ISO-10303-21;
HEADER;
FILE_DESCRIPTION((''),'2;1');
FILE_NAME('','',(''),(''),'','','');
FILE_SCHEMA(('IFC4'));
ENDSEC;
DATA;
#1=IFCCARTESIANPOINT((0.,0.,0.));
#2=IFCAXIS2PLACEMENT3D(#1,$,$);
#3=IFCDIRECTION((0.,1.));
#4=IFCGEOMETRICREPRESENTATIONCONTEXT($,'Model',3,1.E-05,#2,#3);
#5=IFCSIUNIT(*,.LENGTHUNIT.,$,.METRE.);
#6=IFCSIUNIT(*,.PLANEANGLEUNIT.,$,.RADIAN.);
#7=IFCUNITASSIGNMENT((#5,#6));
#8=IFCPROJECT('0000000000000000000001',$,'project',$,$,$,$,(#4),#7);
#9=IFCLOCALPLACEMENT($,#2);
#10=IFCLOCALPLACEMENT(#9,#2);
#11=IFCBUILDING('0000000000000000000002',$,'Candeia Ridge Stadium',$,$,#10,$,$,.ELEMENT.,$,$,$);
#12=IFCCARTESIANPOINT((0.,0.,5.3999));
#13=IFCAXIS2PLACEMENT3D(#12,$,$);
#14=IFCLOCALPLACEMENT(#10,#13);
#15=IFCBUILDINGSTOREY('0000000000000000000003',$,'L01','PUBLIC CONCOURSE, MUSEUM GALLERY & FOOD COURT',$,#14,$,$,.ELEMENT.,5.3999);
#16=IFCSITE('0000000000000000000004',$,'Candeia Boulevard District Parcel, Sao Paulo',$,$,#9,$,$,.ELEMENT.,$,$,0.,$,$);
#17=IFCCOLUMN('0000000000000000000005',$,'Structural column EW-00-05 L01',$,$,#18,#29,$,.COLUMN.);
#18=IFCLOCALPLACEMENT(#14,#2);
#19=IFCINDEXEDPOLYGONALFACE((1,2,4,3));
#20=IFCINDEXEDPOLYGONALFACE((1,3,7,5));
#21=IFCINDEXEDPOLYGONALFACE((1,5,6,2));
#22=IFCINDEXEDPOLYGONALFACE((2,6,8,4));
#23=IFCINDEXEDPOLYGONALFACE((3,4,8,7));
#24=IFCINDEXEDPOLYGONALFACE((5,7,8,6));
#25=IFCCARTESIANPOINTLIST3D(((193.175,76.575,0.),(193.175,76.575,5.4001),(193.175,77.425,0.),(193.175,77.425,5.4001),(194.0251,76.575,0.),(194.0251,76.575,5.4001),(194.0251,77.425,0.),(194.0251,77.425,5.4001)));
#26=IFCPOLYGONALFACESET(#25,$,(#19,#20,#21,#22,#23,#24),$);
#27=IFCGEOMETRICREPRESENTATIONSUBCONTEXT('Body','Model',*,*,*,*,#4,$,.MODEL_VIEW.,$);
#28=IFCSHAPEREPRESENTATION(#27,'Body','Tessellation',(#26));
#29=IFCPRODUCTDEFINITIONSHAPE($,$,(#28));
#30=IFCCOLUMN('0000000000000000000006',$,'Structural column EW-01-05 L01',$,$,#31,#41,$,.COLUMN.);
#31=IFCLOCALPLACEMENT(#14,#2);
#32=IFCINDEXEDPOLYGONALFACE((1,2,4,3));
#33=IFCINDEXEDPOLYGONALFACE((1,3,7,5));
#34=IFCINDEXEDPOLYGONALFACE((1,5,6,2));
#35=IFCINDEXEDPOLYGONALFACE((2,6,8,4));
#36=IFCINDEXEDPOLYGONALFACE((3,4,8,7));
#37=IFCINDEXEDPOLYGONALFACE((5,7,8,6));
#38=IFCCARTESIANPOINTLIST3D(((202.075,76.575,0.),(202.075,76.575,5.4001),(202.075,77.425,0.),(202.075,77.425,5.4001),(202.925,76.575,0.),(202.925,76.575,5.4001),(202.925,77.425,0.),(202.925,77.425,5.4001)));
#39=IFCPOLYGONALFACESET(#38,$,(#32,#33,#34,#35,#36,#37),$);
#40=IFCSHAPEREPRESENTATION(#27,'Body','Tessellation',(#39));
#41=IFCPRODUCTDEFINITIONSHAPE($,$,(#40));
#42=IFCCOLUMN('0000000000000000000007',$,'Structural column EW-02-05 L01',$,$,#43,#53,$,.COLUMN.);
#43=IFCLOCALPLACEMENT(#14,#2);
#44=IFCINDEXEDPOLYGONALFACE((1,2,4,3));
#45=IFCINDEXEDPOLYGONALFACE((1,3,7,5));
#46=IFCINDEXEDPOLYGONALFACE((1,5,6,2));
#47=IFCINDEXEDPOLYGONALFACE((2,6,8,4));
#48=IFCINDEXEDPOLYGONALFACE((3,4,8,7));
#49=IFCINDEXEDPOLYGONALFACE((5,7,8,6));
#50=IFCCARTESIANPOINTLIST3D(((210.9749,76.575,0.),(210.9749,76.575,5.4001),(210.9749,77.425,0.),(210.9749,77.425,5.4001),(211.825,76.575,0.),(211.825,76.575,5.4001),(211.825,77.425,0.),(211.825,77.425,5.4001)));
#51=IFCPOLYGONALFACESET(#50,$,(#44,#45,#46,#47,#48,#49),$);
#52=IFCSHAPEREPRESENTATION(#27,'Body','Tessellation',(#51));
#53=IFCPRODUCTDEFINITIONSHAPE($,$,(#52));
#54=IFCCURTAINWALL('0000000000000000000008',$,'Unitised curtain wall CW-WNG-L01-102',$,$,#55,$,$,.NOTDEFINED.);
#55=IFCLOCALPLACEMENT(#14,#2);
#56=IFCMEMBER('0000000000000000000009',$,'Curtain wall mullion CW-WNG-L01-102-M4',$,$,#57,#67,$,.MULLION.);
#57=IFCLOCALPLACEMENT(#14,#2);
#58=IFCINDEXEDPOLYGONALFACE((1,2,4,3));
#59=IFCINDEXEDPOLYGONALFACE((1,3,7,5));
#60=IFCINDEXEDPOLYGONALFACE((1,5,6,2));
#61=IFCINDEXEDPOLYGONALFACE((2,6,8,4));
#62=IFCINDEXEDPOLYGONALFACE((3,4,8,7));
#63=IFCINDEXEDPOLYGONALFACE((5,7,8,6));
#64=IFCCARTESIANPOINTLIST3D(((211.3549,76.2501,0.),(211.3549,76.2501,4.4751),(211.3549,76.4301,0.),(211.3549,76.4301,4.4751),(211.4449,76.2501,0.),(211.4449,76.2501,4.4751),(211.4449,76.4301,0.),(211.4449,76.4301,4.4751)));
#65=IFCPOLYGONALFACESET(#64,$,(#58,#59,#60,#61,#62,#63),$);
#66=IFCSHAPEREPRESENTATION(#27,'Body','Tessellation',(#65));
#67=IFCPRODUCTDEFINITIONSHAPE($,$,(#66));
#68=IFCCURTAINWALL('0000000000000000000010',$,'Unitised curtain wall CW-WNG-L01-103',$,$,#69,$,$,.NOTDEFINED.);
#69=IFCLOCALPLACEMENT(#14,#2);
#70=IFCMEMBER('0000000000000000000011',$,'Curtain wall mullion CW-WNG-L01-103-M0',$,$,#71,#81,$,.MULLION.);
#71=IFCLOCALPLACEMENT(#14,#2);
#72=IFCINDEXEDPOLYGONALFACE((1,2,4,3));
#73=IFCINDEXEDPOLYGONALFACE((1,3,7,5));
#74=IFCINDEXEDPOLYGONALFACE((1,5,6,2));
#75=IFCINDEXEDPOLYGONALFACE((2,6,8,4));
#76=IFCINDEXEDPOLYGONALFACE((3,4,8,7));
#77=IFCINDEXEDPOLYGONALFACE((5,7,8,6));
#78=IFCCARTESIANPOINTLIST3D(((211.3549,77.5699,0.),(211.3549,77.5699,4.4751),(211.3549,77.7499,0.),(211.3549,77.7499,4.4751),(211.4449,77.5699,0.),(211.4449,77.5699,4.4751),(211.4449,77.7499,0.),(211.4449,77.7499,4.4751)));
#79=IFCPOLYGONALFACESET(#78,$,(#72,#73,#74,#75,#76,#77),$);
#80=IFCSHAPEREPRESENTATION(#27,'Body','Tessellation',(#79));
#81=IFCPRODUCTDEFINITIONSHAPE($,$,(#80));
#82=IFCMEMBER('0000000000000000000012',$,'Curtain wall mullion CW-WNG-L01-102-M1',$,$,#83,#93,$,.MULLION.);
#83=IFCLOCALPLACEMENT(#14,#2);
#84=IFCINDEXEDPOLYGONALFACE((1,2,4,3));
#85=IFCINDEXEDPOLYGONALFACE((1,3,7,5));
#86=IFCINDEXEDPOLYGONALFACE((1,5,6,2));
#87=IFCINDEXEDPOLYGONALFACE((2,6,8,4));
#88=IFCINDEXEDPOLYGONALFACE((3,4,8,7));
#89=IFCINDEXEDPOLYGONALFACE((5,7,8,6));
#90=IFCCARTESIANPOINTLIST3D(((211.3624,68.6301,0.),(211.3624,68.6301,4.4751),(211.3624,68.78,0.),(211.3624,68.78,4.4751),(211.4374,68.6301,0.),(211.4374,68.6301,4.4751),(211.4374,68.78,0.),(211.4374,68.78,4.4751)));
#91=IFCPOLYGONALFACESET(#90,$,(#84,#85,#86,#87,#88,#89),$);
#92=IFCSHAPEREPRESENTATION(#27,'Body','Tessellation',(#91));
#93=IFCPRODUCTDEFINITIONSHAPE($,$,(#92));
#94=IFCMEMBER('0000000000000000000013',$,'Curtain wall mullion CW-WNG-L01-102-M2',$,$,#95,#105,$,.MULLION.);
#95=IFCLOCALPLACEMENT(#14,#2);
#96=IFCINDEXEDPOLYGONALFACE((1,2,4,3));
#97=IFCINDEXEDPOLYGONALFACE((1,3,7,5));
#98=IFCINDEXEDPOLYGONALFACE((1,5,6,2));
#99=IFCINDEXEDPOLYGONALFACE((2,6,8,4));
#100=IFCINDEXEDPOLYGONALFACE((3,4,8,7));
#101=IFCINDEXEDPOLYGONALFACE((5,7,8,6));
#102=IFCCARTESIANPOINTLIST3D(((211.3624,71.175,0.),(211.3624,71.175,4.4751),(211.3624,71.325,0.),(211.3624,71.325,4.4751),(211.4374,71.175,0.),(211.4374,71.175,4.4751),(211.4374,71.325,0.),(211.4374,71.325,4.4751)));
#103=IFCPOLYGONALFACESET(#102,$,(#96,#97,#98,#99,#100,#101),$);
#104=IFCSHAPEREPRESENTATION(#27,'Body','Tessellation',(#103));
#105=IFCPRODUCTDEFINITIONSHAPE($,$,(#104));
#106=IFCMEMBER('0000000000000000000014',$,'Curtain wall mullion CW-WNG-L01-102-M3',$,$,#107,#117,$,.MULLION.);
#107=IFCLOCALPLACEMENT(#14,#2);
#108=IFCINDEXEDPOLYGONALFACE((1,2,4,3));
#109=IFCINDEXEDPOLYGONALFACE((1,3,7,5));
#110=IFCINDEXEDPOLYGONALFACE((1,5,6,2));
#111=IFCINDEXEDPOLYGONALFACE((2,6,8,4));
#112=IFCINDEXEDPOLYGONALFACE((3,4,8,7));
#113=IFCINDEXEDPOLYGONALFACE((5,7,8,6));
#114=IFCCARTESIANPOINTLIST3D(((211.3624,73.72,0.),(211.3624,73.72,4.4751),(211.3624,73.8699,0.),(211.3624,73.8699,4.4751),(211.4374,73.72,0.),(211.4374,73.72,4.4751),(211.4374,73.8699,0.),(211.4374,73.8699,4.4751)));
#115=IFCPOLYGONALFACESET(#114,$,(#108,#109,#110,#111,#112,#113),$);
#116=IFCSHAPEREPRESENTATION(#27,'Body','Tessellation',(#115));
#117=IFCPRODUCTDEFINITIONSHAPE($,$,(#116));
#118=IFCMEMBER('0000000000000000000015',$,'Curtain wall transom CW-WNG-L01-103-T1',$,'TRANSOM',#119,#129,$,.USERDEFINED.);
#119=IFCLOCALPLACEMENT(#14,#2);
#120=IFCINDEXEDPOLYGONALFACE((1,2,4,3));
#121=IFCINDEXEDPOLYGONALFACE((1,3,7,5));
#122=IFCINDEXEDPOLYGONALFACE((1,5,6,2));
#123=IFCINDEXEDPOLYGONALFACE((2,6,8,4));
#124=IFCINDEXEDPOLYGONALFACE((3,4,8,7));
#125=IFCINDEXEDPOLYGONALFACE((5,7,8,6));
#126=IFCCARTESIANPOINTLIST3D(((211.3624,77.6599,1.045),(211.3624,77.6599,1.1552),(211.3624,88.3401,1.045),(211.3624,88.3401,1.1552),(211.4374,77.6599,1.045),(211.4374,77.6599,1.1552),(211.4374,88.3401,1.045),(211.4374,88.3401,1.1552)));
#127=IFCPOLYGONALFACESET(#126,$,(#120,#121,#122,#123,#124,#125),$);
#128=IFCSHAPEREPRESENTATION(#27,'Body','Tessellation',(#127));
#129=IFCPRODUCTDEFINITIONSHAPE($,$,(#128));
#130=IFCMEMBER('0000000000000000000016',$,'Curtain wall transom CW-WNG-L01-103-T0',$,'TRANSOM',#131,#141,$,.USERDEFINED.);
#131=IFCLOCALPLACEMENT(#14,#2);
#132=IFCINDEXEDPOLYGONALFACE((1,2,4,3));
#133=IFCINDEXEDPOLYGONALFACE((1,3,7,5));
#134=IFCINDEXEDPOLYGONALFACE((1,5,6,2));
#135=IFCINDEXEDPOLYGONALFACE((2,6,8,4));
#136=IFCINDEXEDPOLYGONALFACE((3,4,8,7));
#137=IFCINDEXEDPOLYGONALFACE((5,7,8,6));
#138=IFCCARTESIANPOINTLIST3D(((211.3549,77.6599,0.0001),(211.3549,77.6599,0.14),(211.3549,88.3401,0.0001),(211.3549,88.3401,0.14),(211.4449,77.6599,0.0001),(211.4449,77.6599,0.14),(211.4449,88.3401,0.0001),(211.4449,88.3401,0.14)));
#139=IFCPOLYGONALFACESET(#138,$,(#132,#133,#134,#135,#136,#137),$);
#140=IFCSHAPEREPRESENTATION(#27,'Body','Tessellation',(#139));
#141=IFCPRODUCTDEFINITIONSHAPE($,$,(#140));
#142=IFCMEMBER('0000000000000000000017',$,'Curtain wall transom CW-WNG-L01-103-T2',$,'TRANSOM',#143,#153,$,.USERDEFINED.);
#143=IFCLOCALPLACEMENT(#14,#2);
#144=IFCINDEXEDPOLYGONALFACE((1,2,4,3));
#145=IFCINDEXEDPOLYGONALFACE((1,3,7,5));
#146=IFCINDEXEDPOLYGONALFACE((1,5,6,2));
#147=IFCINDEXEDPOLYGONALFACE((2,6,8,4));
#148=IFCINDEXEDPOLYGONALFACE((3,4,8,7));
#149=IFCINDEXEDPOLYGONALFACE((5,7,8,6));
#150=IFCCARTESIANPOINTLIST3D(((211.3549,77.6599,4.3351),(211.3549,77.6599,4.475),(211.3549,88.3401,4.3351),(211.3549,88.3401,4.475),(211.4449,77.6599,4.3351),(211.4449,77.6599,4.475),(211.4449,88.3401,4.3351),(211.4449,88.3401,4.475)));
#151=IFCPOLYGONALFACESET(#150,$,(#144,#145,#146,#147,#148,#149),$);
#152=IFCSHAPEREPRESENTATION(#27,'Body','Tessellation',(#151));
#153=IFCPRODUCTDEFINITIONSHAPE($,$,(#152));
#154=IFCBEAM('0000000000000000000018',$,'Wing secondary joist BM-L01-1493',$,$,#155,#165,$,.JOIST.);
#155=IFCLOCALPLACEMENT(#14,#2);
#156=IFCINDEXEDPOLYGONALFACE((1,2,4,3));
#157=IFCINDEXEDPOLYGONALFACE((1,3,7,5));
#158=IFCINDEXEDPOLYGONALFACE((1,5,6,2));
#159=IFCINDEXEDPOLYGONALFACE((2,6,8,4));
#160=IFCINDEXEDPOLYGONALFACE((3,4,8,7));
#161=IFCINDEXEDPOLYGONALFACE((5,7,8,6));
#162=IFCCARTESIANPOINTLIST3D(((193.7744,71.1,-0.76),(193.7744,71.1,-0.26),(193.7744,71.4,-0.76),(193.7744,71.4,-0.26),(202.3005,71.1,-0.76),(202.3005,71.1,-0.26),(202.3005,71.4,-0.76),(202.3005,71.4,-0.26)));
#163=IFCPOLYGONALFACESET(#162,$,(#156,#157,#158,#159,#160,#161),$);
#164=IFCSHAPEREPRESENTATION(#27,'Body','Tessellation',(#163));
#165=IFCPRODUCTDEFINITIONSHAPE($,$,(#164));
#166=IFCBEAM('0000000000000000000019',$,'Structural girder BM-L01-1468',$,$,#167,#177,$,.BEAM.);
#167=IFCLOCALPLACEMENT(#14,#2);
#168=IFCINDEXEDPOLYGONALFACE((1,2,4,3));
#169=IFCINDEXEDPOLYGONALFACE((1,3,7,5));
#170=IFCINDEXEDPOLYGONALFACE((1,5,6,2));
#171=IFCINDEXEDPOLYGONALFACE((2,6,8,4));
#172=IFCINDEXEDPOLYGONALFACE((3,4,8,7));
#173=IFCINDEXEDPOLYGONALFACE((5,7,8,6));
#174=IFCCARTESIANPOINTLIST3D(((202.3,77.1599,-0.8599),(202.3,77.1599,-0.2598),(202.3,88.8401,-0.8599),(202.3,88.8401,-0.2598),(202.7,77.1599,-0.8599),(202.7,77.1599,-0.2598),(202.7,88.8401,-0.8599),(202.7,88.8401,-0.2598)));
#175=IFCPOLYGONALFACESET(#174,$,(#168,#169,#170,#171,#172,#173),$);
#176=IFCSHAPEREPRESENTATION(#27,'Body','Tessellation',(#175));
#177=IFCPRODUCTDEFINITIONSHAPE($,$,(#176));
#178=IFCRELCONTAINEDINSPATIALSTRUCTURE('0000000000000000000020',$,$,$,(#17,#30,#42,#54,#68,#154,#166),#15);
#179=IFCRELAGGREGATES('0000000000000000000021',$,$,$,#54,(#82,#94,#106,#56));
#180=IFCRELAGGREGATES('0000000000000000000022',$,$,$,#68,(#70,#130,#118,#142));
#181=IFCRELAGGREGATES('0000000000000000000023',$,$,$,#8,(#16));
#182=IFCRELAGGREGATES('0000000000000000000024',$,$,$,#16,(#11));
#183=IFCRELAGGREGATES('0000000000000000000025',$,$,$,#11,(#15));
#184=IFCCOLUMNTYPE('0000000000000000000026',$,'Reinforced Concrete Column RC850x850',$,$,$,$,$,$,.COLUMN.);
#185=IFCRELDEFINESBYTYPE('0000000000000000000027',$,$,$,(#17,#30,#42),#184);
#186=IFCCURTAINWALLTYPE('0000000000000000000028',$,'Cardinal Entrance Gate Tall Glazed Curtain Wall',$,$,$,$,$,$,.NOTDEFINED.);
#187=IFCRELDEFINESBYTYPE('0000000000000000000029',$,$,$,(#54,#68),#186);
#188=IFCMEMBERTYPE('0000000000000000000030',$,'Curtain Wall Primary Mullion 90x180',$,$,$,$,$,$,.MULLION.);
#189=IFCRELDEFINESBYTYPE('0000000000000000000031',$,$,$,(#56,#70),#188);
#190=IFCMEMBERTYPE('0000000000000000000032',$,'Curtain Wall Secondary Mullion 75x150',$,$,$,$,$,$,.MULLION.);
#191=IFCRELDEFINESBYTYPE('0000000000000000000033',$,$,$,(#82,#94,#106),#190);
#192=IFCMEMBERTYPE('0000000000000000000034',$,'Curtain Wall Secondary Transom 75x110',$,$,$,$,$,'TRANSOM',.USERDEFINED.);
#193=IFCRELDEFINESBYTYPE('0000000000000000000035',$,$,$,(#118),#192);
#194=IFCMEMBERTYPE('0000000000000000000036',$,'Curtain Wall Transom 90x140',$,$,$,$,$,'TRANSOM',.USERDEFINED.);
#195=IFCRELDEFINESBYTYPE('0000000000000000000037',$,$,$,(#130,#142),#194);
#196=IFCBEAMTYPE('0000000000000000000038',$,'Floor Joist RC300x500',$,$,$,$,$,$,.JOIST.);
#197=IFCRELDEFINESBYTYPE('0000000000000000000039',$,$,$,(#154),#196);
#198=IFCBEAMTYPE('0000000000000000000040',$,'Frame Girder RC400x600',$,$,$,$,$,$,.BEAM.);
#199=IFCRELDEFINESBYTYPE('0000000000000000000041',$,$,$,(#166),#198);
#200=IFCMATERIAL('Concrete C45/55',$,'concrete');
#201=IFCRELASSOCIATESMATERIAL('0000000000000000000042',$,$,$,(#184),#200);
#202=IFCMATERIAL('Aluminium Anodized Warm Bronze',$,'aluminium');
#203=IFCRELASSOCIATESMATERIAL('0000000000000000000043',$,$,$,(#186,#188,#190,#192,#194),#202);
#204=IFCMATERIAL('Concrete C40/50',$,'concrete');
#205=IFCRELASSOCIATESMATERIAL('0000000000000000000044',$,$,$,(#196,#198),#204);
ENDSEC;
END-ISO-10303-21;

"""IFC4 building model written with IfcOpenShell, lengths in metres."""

from ifc_helpers import new_model, si_unit, direction, frame, origin, origin_2d, place, context, subcontext, project, spatial, rectangle, extrude, material, material_profile, profile_set, type_object, element, aggregate, save


model = new_model("IFC4")

# Units and contexts
model_context = context("Model", 3, precision=1e-05, world=origin(), true_north=direction((0.0, 1.0)))
body_context = subcontext(model_context, "Body", "Model", "MODEL_VIEW")
ifc_project = project(units=[si_unit("LENGTHUNIT", "METRE"), si_unit("PLANEANGLEUNIT", "RADIAN")], contexts=[model_context])

# Site, building, storey
site_placement = place(None, origin())
site = spatial("IfcSite", under=ifc_project, at=site_placement, Name="Candeia Boulevard District Parcel, Sao Paulo", CompositionType="ELEMENT", RefElevation=0.0)
building_placement = place(site_placement, origin())
building = spatial("IfcBuilding", under=site, at=building_placement, Name="Candeia Ridge Stadium", CompositionType="ELEMENT")
storey_placement = place(building_placement, frame((0.0, 0.0, 5.3999)))
storey = spatial("IfcBuildingStorey", under=building, at=storey_placement, Name="L01", Description="PUBLIC CONCOURSE, MUSEUM GALLERY & FOOD COURT", CompositionType="ELEMENT", Elevation=5.3999)

# Columns
ifc_material_1 = material(Name="Concrete C45/55", Category="concrete")
ifc_material_profile_1 = material_profile(ifc_material_1, rectangle(XDim=0.8501, YDim=0.8501, at=origin_2d()), Name="RC850x850", Category="concrete")
ifc_profile_set_1 = profile_set([ifc_material_profile_1], Name="Concrete C45/55")
column_type = type_object("IfcColumnType", Name="Reinforced Concrete Column RC850x850", PredefinedType="COLUMN", material=ifc_profile_set_1)
for number, where, z_axis, x_axis, name in (
    (1, (193.6001, 77.0, 0.0), (0.0, 0.0, 1.0), (1.0, 0.0, 0.0), "Structural column EW-00-05 L01"),
    (2, (202.5, 77.0, 0.0), (0.0, 0.0, 1.0), (1.0, 0.0, 0.0), "Structural column EW-01-05 L01"),
    (3, (211.3999, 77.0, 0.0), (0.0, 0.0, 1.0), (1.0, 0.0, 0.0), "Structural column EW-02-05 L01"),
):
    element("IfcColumn", number, at=place(storey_placement, frame(where, z_axis=z_axis, x_axis=x_axis)), inside=storey, type_object=column_type, Name=name, PredefinedType="COLUMN", context=body_context, shape_type="SweptSolid", body=[
        extrude(rectangle(XDim=0.8501, YDim=0.8501, at=origin_2d()), origin(), (0.0, 0.0, 1.0), 5.4001),
    ])

# Curtain walls, members
ifc_material_2 = material(Name="Aluminium Anodized Warm Bronze", Category="aluminium")
curtain_wall_type = type_object("IfcCurtainWallType", Name="Cardinal Entrance Gate Tall Glazed Curtain Wall", PredefinedType="NOTDEFINED", material=ifc_material_2)
curtain_wall_1_placement = place(storey_placement, origin())
curtain_wall_1 = element("IfcCurtainWall", 4, at=curtain_wall_1_placement, inside=storey, type_object=curtain_wall_type, Name="Unitised curtain wall CW-WNG-L01-102", PredefinedType="NOTDEFINED")
ifc_material_profile_2 = material_profile(ifc_material_2, rectangle(XDim=0.0901, YDim=0.1799, at=origin_2d()), Name="CWM-90x180", Category="aluminium")
ifc_profile_set_2 = profile_set([ifc_material_profile_2], Name="Aluminium Anodized Warm Bronze")
member_type_1 = type_object("IfcMemberType", Name="Curtain Wall Primary Mullion 90x180", PredefinedType="MULLION", material=ifc_profile_set_2)
member_1_placement = place(storey_placement, frame((211.3999, 76.3401, 0.0), z_axis=(0.0, 0.0, 1.0), x_axis=(1.0, 0.0, 0.0)))
member_1 = element("IfcMember", 5, at=member_1_placement, type_object=member_type_1, Name="Curtain wall mullion CW-WNG-L01-102-M4", PredefinedType="MULLION", context=body_context, shape_type="SweptSolid", body=[
    extrude(rectangle(XDim=0.0901, YDim=0.1799, at=origin_2d()), origin(), (0.0, 0.0, 1.0), 4.4751),
])
curtain_wall_2_placement = place(storey_placement, origin())
curtain_wall_2 = element("IfcCurtainWall", 6, at=curtain_wall_2_placement, inside=storey, type_object=curtain_wall_type, Name="Unitised curtain wall CW-WNG-L01-103", PredefinedType="NOTDEFINED")
member_2_placement = place(storey_placement, frame((211.3999, 77.6599, 0.0), z_axis=(0.0, 0.0, 1.0), x_axis=(1.0, 0.0, 0.0)))
member_2 = element("IfcMember", 7, at=member_2_placement, type_object=member_type_1, Name="Curtain wall mullion CW-WNG-L01-103-M0", PredefinedType="MULLION", context=body_context, shape_type="SweptSolid", body=[
    extrude(rectangle(XDim=0.0901, YDim=0.1799, at=origin_2d()), origin(), (0.0, 0.0, 1.0), 4.4751),
])

# Members
ifc_material_profile_3 = material_profile(ifc_material_2, rectangle(XDim=0.075, YDim=0.1499, at=origin_2d()), Name="CWM-75x150", Category="aluminium")
ifc_profile_set_3 = profile_set([ifc_material_profile_3], Name="Aluminium Anodized Warm Bronze")
member_type_2 = type_object("IfcMemberType", Name="Curtain Wall Secondary Mullion 75x150", PredefinedType="MULLION", material=ifc_profile_set_3)
member_3_placement = place(storey_placement, frame((211.3999, 68.7051, 0.0), z_axis=(0.0, 0.0, 1.0), x_axis=(1.0, 0.0, 0.0)))
member_3 = element("IfcMember", 8, at=member_3_placement, type_object=member_type_2, Name="Curtain wall mullion CW-WNG-L01-102-M1", PredefinedType="MULLION", context=body_context, shape_type="SweptSolid", body=[
    extrude(rectangle(XDim=0.075, YDim=0.1499, at=origin_2d()), origin(), (0.0, 0.0, 1.0), 4.4751),
])
member_4_placement = place(storey_placement, frame((211.3999, 71.25, 0.0), z_axis=(0.0, 0.0, 1.0), x_axis=(1.0, 0.0, 0.0)))
member_4 = element("IfcMember", 9, at=member_4_placement, type_object=member_type_2, Name="Curtain wall mullion CW-WNG-L01-102-M2", PredefinedType="MULLION", context=body_context, shape_type="SweptSolid", body=[
    extrude(rectangle(XDim=0.075, YDim=0.1499, at=origin_2d()), origin(), (0.0, 0.0, 1.0), 4.4751),
])
member_5_placement = place(storey_placement, frame((211.3999, 73.7949, 0.0), z_axis=(0.0, 0.0, 1.0), x_axis=(1.0, 0.0, 0.0)))
member_5 = element("IfcMember", 10, at=member_5_placement, type_object=member_type_2, Name="Curtain wall mullion CW-WNG-L01-102-M3", PredefinedType="MULLION", context=body_context, shape_type="SweptSolid", body=[
    extrude(rectangle(XDim=0.075, YDim=0.1499, at=origin_2d()), origin(), (0.0, 0.0, 1.0), 4.4751),
])
ifc_material_profile_4 = material_profile(ifc_material_2, rectangle(XDim=0.075, YDim=0.1101, at=origin_2d()), Name="CWT-75x110", Category="aluminium")
ifc_profile_set_4 = profile_set([ifc_material_profile_4], Name="Aluminium Anodized Warm Bronze")
member_type_3 = type_object("IfcMemberType", Name="Curtain Wall Secondary Transom 75x110", ElementType="TRANSOM", PredefinedType="USERDEFINED", material=ifc_profile_set_4)
member_6_placement = place(storey_placement, frame((211.3999, 77.6599, 1.1001), z_axis=(0.0, 1.0, 0.0), x_axis=(-1.0, 0.0, 0.0)))
member_6 = element("IfcMember", 11, at=member_6_placement, type_object=member_type_3, Name="Curtain wall transom CW-WNG-L01-103-T1", ObjectType="TRANSOM", PredefinedType="USERDEFINED", context=body_context, shape_type="SweptSolid", body=[
    extrude(rectangle(XDim=0.075, YDim=0.1101, at=origin_2d()), origin(), (0.0, 0.0, 1.0), 10.6802),
])
ifc_material_profile_5 = material_profile(ifc_material_2, rectangle(XDim=0.0901, YDim=0.1399, at=origin_2d()), Name="CWT-90x140", Category="aluminium")
ifc_profile_set_5 = profile_set([ifc_material_profile_5], Name="Aluminium Anodized Warm Bronze")
member_type_4 = type_object("IfcMemberType", Name="Curtain Wall Transom 90x140", ElementType="TRANSOM", PredefinedType="USERDEFINED", material=ifc_profile_set_5)
member_7_placement = place(storey_placement, frame((211.3999, 77.6599, 0.0701), z_axis=(0.0, 1.0, 0.0), x_axis=(-1.0, 0.0, 0.0)))
member_7 = element("IfcMember", 12, at=member_7_placement, type_object=member_type_4, Name="Curtain wall transom CW-WNG-L01-103-T0", ObjectType="TRANSOM", PredefinedType="USERDEFINED", context=body_context, shape_type="SweptSolid", body=[
    extrude(rectangle(XDim=0.0901, YDim=0.1399, at=origin_2d()), origin(), (0.0, 0.0, 1.0), 10.6802),
])
member_8_placement = place(storey_placement, frame((211.3999, 77.6599, 4.405), z_axis=(0.0, 1.0, 0.0), x_axis=(-1.0, 0.0, 0.0)))
member_8 = element("IfcMember", 13, at=member_8_placement, type_object=member_type_4, Name="Curtain wall transom CW-WNG-L01-103-T2", ObjectType="TRANSOM", PredefinedType="USERDEFINED", context=body_context, shape_type="SweptSolid", body=[
    extrude(rectangle(XDim=0.0901, YDim=0.1399, at=origin_2d()), origin(), (0.0, 0.0, 1.0), 10.6802),
])

# Beams
ifc_material_3 = material(Name="Concrete C40/50", Category="concrete")
ifc_material_profile_6 = material_profile(ifc_material_3, rectangle(XDim=0.3, YDim=0.5, at=origin_2d()), Name="RC300x500", Category="concrete")
ifc_profile_set_6 = profile_set([ifc_material_profile_6], Name="Concrete C40/50")
beam_type_1 = type_object("IfcBeamType", Name="Floor Joist RC300x500", PredefinedType="JOIST", material=ifc_profile_set_6)
beam_1_placement = place(storey_placement, frame((193.7744, 71.25, -0.51), z_axis=(1.0, 0.0, 0.0), x_axis=(0.0, 1.0, 0.0)))
element("IfcBeam", 14, at=beam_1_placement, inside=storey, type_object=beam_type_1, Name="Wing secondary joist BM-L01-1493", PredefinedType="JOIST", context=body_context, shape_type="SweptSolid", body=[
    extrude(rectangle(XDim=0.3, YDim=0.5, at=origin_2d()), origin(), (0.0, 0.0, 1.0), 8.5261),
])
ifc_material_profile_7 = material_profile(ifc_material_3, rectangle(XDim=0.3999, YDim=0.6001, at=origin_2d()), Name="RC400x600", Category="concrete")
ifc_profile_set_7 = profile_set([ifc_material_profile_7], Name="Concrete C40/50")
beam_type_2 = type_object("IfcBeamType", Name="Frame Girder RC400x600", PredefinedType="BEAM", material=ifc_profile_set_7)
beam_2_placement = place(storey_placement, frame((202.5, 77.1599, -0.5598), z_axis=(0.0, 1.0, 0.0), x_axis=(-1.0, 0.0, 0.0)))
element("IfcBeam", 15, at=beam_2_placement, inside=storey, type_object=beam_type_2, Name="Structural girder BM-L01-1468", PredefinedType="BEAM", context=body_context, shape_type="SweptSolid", body=[
    extrude(rectangle(XDim=0.3999, YDim=0.6001, at=origin_2d()), origin(), (0.0, 0.0, 1.0), 11.6802),
])

aggregate(curtain_wall_1, [member_3, member_4, member_5, member_1])
aggregate(curtain_wall_2, [member_2, member_7, member_6, member_8])

save(model, "model.ifc")
